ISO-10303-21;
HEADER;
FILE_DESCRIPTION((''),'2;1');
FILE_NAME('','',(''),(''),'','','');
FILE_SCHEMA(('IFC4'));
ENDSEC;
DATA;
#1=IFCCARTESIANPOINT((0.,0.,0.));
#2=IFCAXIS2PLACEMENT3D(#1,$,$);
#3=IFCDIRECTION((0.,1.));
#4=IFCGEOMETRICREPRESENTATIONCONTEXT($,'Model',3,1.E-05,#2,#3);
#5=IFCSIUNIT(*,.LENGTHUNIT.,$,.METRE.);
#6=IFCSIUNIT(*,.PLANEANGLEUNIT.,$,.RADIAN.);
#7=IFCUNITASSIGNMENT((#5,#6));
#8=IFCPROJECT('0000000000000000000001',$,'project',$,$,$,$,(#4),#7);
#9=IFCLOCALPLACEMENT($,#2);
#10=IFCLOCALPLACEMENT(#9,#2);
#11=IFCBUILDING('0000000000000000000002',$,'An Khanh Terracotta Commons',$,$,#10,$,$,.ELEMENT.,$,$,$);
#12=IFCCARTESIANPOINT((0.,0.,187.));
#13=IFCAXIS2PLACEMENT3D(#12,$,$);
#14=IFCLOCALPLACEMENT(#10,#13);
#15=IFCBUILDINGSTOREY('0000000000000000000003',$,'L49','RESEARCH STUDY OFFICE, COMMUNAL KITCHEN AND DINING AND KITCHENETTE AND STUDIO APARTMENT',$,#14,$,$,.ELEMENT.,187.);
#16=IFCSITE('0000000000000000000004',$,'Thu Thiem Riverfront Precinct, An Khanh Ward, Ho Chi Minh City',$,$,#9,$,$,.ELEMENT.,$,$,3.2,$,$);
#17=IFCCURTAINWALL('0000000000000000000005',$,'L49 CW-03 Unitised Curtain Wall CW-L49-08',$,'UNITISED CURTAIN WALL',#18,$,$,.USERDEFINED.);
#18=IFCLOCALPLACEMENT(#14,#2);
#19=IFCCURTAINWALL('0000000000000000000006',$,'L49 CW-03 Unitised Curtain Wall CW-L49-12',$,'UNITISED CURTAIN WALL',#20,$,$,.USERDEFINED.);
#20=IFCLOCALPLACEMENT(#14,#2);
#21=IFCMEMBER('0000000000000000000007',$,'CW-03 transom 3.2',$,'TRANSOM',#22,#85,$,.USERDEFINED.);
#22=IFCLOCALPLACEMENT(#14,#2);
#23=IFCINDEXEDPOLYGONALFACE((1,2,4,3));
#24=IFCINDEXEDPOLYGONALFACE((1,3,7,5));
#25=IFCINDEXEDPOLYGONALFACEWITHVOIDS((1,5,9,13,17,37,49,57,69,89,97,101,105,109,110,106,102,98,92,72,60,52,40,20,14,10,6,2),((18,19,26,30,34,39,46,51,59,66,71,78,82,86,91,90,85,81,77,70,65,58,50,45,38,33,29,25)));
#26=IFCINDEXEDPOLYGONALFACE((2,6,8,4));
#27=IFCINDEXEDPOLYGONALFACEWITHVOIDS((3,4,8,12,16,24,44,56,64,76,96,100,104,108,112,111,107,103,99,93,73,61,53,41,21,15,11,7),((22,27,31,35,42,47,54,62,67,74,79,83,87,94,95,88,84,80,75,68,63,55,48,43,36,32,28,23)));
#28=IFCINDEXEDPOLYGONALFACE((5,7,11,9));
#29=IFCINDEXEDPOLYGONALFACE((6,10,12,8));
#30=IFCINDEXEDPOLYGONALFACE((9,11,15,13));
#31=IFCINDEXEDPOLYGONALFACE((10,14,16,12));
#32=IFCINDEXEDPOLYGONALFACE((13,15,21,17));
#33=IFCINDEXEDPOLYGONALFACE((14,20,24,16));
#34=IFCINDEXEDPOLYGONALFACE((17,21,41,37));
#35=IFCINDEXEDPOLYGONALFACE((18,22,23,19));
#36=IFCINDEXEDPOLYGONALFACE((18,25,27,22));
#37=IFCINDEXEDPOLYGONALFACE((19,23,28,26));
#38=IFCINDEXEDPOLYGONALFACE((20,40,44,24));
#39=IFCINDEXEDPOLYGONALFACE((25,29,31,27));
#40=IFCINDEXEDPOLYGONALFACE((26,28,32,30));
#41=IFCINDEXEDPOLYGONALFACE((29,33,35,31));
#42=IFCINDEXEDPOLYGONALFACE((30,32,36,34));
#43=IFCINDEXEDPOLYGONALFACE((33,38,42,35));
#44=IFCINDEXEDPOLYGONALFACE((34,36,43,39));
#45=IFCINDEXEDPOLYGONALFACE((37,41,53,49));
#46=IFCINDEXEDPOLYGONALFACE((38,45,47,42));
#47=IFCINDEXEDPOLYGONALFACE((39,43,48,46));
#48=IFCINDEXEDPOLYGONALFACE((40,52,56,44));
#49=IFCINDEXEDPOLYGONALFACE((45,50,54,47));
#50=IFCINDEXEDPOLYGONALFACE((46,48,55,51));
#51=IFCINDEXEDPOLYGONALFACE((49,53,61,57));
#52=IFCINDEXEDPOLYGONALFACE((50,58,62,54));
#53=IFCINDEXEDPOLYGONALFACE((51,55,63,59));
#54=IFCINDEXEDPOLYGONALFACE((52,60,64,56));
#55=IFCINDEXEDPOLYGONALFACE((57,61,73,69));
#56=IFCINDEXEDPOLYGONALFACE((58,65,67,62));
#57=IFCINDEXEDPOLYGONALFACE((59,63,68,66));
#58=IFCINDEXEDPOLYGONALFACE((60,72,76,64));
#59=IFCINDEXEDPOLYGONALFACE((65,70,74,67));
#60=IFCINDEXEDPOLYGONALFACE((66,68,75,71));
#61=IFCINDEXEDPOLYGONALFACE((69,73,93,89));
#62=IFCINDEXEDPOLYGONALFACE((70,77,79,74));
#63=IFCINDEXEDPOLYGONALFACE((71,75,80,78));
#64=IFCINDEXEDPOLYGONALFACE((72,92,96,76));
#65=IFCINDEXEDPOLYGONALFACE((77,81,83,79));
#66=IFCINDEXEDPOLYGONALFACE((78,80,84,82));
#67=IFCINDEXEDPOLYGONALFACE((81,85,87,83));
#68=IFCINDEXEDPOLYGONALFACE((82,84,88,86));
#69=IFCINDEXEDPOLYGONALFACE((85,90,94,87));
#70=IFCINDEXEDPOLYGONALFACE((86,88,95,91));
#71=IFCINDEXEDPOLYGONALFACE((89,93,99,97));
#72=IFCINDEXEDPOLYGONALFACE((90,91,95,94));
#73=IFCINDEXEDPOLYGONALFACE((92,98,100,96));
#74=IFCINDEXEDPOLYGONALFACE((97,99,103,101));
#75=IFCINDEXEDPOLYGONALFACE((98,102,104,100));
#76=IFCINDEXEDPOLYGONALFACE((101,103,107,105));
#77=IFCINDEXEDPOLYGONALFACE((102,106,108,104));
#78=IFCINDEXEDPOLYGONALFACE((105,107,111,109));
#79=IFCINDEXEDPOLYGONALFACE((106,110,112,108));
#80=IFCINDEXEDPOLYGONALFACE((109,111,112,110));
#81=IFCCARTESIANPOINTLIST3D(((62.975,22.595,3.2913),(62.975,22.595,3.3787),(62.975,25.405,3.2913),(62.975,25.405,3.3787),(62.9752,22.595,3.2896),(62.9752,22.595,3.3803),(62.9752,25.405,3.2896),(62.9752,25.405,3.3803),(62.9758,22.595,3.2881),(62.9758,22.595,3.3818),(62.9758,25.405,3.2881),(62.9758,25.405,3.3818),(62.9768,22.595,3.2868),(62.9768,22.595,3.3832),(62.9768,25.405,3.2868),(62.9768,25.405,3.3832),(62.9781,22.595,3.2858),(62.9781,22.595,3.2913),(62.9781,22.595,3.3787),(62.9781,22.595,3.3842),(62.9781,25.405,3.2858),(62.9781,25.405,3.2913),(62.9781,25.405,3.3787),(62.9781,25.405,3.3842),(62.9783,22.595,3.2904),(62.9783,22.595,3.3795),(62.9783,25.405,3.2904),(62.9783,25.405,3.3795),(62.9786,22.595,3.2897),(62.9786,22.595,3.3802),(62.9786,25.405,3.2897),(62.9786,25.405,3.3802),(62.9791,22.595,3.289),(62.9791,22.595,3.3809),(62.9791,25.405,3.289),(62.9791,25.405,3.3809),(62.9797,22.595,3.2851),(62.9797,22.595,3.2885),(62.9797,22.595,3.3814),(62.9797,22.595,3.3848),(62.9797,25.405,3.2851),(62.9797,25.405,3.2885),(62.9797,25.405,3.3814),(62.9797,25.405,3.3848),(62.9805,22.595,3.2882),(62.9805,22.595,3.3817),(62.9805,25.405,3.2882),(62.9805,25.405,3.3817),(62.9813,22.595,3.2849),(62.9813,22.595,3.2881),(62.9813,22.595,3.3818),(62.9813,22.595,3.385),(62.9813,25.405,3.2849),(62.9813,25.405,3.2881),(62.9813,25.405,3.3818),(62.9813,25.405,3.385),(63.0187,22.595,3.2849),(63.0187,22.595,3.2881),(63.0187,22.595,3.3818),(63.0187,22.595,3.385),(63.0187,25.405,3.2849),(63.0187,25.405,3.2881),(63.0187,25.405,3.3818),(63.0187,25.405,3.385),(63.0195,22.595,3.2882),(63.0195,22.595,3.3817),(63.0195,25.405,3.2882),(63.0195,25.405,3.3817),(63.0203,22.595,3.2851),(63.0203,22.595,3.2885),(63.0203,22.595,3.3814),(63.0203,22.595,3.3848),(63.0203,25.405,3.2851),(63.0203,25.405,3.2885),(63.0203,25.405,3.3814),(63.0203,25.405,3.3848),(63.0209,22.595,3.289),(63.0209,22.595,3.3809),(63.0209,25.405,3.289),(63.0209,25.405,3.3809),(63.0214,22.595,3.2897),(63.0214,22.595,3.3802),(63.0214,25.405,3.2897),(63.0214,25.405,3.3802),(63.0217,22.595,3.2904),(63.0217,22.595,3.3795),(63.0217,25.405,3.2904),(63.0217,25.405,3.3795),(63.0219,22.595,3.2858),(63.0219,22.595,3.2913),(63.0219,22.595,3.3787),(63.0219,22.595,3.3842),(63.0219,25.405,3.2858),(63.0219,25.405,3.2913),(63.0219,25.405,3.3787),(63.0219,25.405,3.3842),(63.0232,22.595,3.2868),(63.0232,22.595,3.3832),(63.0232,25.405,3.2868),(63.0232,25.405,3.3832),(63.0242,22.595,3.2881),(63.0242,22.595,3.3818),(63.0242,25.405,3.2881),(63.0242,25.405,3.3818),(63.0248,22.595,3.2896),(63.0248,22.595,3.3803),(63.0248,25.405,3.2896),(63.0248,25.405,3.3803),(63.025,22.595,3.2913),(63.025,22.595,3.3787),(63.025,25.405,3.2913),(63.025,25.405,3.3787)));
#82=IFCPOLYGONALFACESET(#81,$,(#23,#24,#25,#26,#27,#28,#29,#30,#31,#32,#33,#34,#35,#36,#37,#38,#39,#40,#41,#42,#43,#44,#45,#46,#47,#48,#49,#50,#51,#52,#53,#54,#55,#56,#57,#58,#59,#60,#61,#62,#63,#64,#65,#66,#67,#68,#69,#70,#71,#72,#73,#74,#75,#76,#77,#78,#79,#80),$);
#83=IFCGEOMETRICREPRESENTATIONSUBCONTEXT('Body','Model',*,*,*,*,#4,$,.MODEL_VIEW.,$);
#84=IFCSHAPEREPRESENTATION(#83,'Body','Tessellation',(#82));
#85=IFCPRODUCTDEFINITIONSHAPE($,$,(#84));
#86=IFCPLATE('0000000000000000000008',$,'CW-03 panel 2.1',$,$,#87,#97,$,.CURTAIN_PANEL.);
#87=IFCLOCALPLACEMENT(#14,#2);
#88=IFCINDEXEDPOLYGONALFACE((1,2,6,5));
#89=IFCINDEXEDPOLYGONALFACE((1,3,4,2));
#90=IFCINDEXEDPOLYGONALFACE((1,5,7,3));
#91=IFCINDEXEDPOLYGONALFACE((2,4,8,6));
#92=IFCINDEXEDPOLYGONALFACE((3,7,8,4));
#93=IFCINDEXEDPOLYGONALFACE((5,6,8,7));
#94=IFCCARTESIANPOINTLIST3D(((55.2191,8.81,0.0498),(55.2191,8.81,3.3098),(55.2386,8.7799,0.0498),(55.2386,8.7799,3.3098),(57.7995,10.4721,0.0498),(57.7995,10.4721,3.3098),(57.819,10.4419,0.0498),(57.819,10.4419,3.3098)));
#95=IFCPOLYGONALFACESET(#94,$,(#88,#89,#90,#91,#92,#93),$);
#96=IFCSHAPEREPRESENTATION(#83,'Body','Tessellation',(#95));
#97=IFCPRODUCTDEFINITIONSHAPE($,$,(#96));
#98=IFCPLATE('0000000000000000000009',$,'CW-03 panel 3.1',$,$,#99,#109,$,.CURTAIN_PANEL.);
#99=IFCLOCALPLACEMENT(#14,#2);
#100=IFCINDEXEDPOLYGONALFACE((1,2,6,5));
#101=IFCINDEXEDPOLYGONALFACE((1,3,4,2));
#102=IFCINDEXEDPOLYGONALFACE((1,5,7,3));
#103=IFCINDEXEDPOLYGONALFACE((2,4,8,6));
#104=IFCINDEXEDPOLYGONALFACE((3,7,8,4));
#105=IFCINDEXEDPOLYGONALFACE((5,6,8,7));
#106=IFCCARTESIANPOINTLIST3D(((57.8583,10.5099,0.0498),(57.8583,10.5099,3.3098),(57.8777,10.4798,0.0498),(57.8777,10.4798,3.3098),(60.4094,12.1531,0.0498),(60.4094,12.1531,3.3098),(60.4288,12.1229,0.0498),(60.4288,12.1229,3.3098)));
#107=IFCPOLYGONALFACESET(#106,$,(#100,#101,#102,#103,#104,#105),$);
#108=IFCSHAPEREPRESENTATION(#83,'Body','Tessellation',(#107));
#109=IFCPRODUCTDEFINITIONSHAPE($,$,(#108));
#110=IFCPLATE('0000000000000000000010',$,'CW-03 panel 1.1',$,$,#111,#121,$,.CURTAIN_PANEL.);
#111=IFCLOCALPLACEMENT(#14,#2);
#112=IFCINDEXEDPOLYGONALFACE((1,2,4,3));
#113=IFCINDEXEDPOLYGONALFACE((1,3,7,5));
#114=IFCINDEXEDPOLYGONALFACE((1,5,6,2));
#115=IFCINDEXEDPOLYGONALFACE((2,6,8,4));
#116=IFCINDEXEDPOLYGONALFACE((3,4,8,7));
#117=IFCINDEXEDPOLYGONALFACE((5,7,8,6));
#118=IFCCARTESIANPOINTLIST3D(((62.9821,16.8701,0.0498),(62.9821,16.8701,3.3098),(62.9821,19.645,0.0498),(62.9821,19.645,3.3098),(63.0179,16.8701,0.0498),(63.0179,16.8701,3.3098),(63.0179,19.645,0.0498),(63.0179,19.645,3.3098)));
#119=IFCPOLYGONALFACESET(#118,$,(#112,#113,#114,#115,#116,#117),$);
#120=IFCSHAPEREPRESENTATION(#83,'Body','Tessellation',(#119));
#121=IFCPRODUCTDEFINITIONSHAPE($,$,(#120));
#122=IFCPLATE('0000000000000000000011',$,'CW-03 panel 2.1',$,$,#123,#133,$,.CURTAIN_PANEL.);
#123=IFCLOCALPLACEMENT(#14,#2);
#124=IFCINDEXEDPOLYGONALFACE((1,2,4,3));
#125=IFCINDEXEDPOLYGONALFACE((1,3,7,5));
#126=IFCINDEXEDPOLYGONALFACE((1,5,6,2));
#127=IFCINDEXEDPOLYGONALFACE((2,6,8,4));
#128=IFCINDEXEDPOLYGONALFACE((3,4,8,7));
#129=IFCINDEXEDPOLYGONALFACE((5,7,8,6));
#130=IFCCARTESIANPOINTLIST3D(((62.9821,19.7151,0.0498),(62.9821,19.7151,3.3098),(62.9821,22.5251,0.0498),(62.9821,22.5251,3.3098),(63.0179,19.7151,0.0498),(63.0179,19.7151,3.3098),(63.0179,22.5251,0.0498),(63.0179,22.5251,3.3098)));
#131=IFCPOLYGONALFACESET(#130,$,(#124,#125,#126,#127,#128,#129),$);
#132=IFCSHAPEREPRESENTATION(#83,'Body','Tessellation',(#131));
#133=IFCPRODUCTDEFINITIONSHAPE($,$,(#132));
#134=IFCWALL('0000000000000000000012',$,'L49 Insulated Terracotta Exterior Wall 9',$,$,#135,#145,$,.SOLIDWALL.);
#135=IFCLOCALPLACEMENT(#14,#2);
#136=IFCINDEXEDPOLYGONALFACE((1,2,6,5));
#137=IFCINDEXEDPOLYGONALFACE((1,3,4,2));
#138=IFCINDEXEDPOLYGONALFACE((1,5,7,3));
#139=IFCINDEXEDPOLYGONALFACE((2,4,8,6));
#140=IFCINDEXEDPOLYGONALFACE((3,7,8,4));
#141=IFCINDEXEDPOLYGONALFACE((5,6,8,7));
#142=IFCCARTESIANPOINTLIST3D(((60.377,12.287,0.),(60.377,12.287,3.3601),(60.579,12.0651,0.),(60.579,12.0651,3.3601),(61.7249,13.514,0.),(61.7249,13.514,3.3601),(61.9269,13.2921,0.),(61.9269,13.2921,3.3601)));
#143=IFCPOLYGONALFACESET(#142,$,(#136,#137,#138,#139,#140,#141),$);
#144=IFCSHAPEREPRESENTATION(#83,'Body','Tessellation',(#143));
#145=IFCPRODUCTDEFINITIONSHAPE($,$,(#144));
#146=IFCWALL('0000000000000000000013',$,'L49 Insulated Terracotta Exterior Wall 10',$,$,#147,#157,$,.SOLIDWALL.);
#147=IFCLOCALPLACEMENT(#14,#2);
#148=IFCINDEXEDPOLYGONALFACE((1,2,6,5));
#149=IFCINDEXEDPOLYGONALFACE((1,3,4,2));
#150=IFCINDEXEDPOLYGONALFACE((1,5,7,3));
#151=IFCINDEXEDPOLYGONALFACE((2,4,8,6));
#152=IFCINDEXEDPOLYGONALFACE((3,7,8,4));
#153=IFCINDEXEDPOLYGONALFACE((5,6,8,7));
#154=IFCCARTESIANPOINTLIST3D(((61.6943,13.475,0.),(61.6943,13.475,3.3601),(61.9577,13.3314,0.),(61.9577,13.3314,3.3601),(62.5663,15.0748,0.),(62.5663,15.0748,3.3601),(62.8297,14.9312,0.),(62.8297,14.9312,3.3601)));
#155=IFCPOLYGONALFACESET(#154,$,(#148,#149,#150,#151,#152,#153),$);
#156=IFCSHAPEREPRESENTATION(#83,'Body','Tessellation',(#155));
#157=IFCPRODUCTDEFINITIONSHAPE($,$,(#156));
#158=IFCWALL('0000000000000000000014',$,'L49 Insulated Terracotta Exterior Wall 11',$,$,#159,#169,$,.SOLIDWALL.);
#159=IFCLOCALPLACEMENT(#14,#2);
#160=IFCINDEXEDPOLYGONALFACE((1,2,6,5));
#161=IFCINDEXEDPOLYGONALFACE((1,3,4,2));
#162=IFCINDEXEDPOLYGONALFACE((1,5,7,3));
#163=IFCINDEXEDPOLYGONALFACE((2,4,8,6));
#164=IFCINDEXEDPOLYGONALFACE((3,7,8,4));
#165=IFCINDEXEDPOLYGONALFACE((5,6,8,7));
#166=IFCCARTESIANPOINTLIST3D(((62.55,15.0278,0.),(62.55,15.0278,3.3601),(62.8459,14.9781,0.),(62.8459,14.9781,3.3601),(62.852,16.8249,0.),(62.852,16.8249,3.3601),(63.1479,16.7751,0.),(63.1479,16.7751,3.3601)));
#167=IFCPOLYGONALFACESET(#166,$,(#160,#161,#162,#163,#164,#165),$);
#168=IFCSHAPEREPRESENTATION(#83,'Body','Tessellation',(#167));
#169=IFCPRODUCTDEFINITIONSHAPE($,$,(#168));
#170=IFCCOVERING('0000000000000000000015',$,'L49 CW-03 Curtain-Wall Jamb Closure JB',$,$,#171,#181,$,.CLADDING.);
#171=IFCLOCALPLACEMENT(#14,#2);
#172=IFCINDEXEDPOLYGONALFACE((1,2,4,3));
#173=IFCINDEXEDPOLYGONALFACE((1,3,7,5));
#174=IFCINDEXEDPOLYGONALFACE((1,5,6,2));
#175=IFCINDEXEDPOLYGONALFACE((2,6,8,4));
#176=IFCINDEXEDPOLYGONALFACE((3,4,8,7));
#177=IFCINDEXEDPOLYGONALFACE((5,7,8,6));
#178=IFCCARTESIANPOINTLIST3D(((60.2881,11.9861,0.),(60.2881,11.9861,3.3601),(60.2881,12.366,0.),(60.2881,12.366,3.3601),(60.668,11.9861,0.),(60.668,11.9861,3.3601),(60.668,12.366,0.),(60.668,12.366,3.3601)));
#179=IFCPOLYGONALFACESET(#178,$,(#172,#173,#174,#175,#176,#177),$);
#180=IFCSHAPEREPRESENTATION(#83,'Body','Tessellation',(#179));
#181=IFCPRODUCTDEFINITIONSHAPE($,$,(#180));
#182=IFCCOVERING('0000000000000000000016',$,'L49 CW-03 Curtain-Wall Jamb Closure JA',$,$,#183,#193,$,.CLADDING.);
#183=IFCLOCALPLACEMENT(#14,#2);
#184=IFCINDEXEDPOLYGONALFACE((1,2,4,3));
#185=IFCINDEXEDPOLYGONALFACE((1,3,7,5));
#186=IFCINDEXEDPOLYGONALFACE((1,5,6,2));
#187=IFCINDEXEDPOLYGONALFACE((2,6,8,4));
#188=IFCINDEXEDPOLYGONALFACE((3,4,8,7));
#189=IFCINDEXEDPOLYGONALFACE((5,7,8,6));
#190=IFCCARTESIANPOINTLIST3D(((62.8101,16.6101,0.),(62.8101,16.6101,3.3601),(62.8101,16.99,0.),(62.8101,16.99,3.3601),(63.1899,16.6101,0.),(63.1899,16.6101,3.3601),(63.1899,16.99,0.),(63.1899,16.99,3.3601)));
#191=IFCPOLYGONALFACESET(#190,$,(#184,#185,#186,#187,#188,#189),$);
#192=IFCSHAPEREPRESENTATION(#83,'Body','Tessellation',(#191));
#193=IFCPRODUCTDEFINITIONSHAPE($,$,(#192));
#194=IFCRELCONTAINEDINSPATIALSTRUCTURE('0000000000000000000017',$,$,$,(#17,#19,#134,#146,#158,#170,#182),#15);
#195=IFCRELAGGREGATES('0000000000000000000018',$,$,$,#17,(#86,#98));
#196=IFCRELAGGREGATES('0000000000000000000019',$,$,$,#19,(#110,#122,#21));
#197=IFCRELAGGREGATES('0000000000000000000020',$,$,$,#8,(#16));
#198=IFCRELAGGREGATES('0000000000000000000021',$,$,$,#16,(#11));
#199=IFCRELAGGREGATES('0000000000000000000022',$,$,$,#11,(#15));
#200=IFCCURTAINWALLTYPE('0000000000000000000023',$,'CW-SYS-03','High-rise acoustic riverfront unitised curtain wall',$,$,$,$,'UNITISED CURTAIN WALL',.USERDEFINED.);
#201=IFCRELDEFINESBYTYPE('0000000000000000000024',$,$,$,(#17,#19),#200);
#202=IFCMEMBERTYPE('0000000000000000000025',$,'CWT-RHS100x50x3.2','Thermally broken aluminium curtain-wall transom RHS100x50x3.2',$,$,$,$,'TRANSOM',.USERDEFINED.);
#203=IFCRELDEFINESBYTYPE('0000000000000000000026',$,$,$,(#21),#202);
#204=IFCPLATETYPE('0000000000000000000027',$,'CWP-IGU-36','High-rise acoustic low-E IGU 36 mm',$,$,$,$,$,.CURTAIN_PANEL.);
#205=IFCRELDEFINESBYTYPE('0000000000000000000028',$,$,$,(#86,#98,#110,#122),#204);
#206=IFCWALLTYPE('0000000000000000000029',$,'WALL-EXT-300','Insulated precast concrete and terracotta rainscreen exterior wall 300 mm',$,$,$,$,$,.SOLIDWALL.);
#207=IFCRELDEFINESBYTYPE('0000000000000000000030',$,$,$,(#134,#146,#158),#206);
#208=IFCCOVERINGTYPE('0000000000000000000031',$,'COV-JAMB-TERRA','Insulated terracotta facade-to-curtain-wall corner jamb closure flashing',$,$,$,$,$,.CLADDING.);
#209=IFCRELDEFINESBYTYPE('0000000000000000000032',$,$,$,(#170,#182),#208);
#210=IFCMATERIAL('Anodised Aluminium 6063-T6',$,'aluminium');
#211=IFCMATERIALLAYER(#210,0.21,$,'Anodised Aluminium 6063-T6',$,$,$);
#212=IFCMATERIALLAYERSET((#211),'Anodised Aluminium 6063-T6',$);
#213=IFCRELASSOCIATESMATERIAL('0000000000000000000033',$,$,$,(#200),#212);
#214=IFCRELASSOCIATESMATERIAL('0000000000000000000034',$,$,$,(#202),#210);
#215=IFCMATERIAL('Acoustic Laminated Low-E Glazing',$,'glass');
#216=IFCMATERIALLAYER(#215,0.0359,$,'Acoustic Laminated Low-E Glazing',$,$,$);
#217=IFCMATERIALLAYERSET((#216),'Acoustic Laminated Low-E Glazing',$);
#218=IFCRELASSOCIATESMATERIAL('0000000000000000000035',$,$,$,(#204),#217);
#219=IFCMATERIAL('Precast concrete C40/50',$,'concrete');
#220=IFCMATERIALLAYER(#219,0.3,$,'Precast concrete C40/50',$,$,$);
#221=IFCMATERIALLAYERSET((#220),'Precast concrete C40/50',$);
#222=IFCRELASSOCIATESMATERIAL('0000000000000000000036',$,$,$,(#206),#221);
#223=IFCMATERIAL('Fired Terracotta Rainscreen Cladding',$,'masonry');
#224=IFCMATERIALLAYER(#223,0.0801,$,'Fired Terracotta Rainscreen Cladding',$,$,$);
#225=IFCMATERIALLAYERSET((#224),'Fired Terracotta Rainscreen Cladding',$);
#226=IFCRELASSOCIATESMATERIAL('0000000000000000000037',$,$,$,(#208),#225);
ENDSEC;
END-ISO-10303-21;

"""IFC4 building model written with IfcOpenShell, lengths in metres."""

from ifc_helpers import new_model, si_unit, direction, frame, frame_2d, origin, origin_2d, place, context, subcontext, project, spatial, rectangle, hollow_rectangle, extrude, material, layer, layer_set, material_profile, profile_set, type_object, element, aggregate, save


model = new_model("IFC4")

# Units and contexts
model_context = context("Model", 3, precision=1e-05, world=origin(), true_north=direction((0.0, 1.0)))
body_context = subcontext(model_context, "Body", "Model", "MODEL_VIEW")
ifc_project = project(units=[si_unit("LENGTHUNIT", "METRE"), si_unit("PLANEANGLEUNIT", "RADIAN")], contexts=[model_context])

# Site, building, storey
site_placement = place(None, origin())
site = spatial("IfcSite", under=ifc_project, at=site_placement, Name="Thu Thiem Riverfront Precinct, An Khanh Ward, Ho Chi Minh City", CompositionType="ELEMENT", RefElevation=3.2)
building_placement = place(site_placement, origin())
building = spatial("IfcBuilding", under=site, at=building_placement, Name="An Khanh Terracotta Commons", CompositionType="ELEMENT")
storey_placement = place(building_placement, frame((0.0, 0.0, 187.0)))
storey = spatial("IfcBuildingStorey", under=building, at=storey_placement, Name="L49", Description="RESEARCH STUDY OFFICE, COMMUNAL KITCHEN AND DINING AND KITCHENETTE AND STUDIO APARTMENT", CompositionType="ELEMENT", Elevation=187.0)

# Curtain walls
ifc_material_1 = material(Name="Anodised Aluminium 6063-T6", Category="aluminium")
ifc_layer_1 = layer(ifc_material_1, 0.21, Name="Anodised Aluminium 6063-T6")
ifc_layer_set_1 = layer_set([ifc_layer_1], Name="Anodised Aluminium 6063-T6")
curtain_wall_type = type_object("IfcCurtainWallType", Name="CW-SYS-03", Description="High-rise acoustic riverfront unitised curtain wall", ElementType="UNITISED CURTAIN WALL", PredefinedType="USERDEFINED", material=ifc_layer_set_1)
curtain_wall_1_placement = place(storey_placement, origin())
curtain_wall_1 = element("IfcCurtainWall", 1, at=curtain_wall_1_placement, inside=storey, type_object=curtain_wall_type, Name="L49 CW-03 Unitised Curtain Wall CW-L49-08", ObjectType="UNITISED CURTAIN WALL", PredefinedType="USERDEFINED")
curtain_wall_2_placement = place(storey_placement, origin())
curtain_wall_2 = element("IfcCurtainWall", 2, at=curtain_wall_2_placement, inside=storey, type_object=curtain_wall_type, Name="L49 CW-03 Unitised Curtain Wall CW-L49-12", ObjectType="UNITISED CURTAIN WALL", PredefinedType="USERDEFINED")

# Member
ifc_material_profile_1 = material_profile(ifc_material_1, hollow_rectangle(XDim=0.05, YDim=0.1001, WallThickness=0.0032, InnerFilletRadius=0.0032, OuterFilletRadius=0.0063, at=origin_2d()), Name="RHS100x50x3.2")
ifc_profile_set_1 = profile_set([ifc_material_profile_1], Name="Anodised Aluminium 6063-T6")
member_type_1 = type_object("IfcMemberType", Name="CWT-RHS100x50x3.2", Description="Thermally broken aluminium curtain-wall transom RHS100x50x3.2", ElementType="TRANSOM", PredefinedType="USERDEFINED", material=ifc_profile_set_1)
member_1_placement = place(storey_placement, frame((63.0, 22.595, 3.335), z_axis=(0.0, 1.0, 0.0), x_axis=(-1.0, 0.0, 0.0)))
member_1 = element("IfcMember", 3, at=member_1_placement, type_object=member_type_1, Name="CW-03 transom 3.2", ObjectType="TRANSOM", PredefinedType="USERDEFINED", context=body_context, shape_type="SweptSolid", body=[
    extrude(hollow_rectangle(XDim=0.05, YDim=0.1001, WallThickness=0.0032, InnerFilletRadius=0.0032, OuterFilletRadius=0.0063, at=origin_2d()), origin(), (0.0, 0.0, 1.0), 2.8101),
])

# Plates
ifc_material_2 = material(Name="Acoustic Laminated Low-E Glazing", Category="glass")
ifc_layer_2 = layer(ifc_material_2, 0.0359, Name="Acoustic Laminated Low-E Glazing")
ifc_layer_set_2 = layer_set([ifc_layer_2], Name="Acoustic Laminated Low-E Glazing")
plate_type = type_object("IfcPlateType", Name="CWP-IGU-36", Description="High-rise acoustic low-E IGU 36 mm", PredefinedType="CURTAIN_PANEL", material=ifc_layer_set_2)
plate_1_placement = place(storey_placement, frame((56.519, 9.626, 0.0498), z_axis=(0.0, 0.0, 1.0), x_axis=(0.840702, 0.541498, 0.0)))
plate_1 = element("IfcPlate", 4, at=plate_1_placement, type_object=plate_type, Name="CW-03 panel 2.1", PredefinedType="CURTAIN_PANEL", context=body_context, shape_type="SweptSolid", body=[
    extrude(rectangle(XDim=3.0693, YDim=0.0359, at=origin_2d()), origin(), (0.0, 0.0, 1.0), 3.26),
])
plate_2_placement = place(storey_placement, frame((59.1436, 11.3164, 0.0498), z_axis=(0.0, 0.0, 1.0), x_axis=(0.840702, 0.541498, 0.0)))
plate_2 = element("IfcPlate", 5, at=plate_2_placement, type_object=plate_type, Name="CW-03 panel 3.1", PredefinedType="CURTAIN_PANEL", context=body_context, shape_type="SweptSolid", body=[
    extrude(rectangle(XDim=3.0344, YDim=0.0359, at=origin_2d()), origin(), (0.0, 0.0, 1.0), 3.26),
])
aggregate(curtain_wall_1, [plate_1, plate_2])
plate_3_placement = place(storey_placement, frame((63.0, 18.2576, 0.0498), z_axis=(0.0, 0.0, 1.0), x_axis=(0.0, 1.0, 0.0)))
plate_3 = element("IfcPlate", 6, at=plate_3_placement, type_object=plate_type, Name="CW-03 panel 1.1", PredefinedType="CURTAIN_PANEL", context=body_context, shape_type="SweptSolid", body=[
    extrude(rectangle(XDim=2.7749, YDim=0.0359, at=origin_2d()), origin(), (0.0, 0.0, 1.0), 3.26),
])
plate_4_placement = place(storey_placement, frame((63.0, 21.1201, 0.0498), z_axis=(0.0, 0.0, 1.0), x_axis=(0.0, 1.0, 0.0)))
plate_4 = element("IfcPlate", 7, at=plate_4_placement, type_object=plate_type, Name="CW-03 panel 2.1", PredefinedType="CURTAIN_PANEL", context=body_context, shape_type="SweptSolid", body=[
    extrude(rectangle(XDim=2.8101, YDim=0.0359, at=origin_2d()), origin(), (0.0, 0.0, 1.0), 3.26),
])
aggregate(curtain_wall_2, [plate_3, plate_4, member_1])

# Walls
ifc_material_3 = material(Name="Precast concrete C40/50", Category="concrete")
ifc_layer_3 = layer(ifc_material_3, 0.3, Name="Precast concrete C40/50")
ifc_layer_set_3 = layer_set([ifc_layer_3], Name="Precast concrete C40/50")
wall_type = type_object("IfcWallType", Name="WALL-EXT-300", Description="Insulated precast concrete and terracotta rainscreen exterior wall 300 mm", PredefinedType="SOLIDWALL", material=ifc_layer_set_3)
wall_1_placement = place(storey_placement, frame((60.478, 12.176, 0.0), z_axis=(0.0, 0.0, 1.0), x_axis=(0.739479, 0.673179, 0.0)))
element("IfcWall", 8, at=wall_1_placement, inside=storey, type_object=wall_type, Name="L49 Insulated Terracotta Exterior Wall 9", PredefinedType="SOLIDWALL", context=body_context, shape_type="SweptSolid", body=[
    extrude(rectangle(XDim=1.8228, YDim=0.3, at=frame_2d((0.9114, 0.0))), origin(), (0.0, 0.0, 1.0), 3.3601),
])
wall_2_placement = place(storey_placement, frame((61.8259, 13.4031, 0.0), z_axis=(0.0, 0.0, 1.0), x_axis=(0.478608, 0.878029, 0.0)))
element("IfcWall", 9, at=wall_2_placement, inside=storey, type_object=wall_type, Name="L49 Insulated Terracotta Exterior Wall 10", PredefinedType="SOLIDWALL", context=body_context, shape_type="SweptSolid", body=[
    extrude(rectangle(XDim=1.822, YDim=0.3, at=frame_2d((0.9111, 0.0))), origin(), (0.0, 0.0, 1.0), 3.3601),
])
wall_3_placement = place(storey_placement, frame((62.698, 15.0029, 0.0), z_axis=(0.0, 0.0, 1.0), x_axis=(0.165724, 0.986172, 0.0)))
element("IfcWall", 10, at=wall_3_placement, inside=storey, type_object=wall_type, Name="L49 Insulated Terracotta Exterior Wall 11", PredefinedType="SOLIDWALL", context=body_context, shape_type="SweptSolid", body=[
    extrude(rectangle(XDim=1.8223, YDim=0.3, at=frame_2d((0.9111, 0.0))), origin(), (0.0, 0.0, 1.0), 3.3601),
])

# Coverings
ifc_material_4 = material(Name="Fired Terracotta Rainscreen Cladding", Category="masonry")
ifc_layer_4 = layer(ifc_material_4, 0.0801, Name="Fired Terracotta Rainscreen Cladding")
ifc_layer_set_4 = layer_set([ifc_layer_4], Name="Fired Terracotta Rainscreen Cladding")
covering_type = type_object("IfcCoveringType", Name="COV-JAMB-TERRA", Description="Insulated terracotta facade-to-curtain-wall corner jamb closure flashing", PredefinedType="CLADDING", material=ifc_layer_set_4)
for number, where, z_axis, x_axis, name in (
    (11, (60.478, 12.176, 0.0), (0.0, 0.0, 1.0), (1.0, 0.0, 0.0), "L49 CW-03 Curtain-Wall Jamb Closure JB"),
    (12, (63.0, 16.8, 0.0), (0.0, 0.0, 1.0), (1.0, 0.0, 0.0), "L49 CW-03 Curtain-Wall Jamb Closure JA"),
):
    element("IfcCovering", number, at=place(storey_placement, frame(where, z_axis=z_axis, x_axis=x_axis)), inside=storey, type_object=covering_type, Name=name, PredefinedType="CLADDING", context=body_context, shape_type="SweptSolid", body=[
        extrude(rectangle(XDim=0.3799, YDim=0.3799, at=origin_2d()), origin(), (0.0, 0.0, 1.0), 3.3601),
    ])

save(model, "model.ifc")
